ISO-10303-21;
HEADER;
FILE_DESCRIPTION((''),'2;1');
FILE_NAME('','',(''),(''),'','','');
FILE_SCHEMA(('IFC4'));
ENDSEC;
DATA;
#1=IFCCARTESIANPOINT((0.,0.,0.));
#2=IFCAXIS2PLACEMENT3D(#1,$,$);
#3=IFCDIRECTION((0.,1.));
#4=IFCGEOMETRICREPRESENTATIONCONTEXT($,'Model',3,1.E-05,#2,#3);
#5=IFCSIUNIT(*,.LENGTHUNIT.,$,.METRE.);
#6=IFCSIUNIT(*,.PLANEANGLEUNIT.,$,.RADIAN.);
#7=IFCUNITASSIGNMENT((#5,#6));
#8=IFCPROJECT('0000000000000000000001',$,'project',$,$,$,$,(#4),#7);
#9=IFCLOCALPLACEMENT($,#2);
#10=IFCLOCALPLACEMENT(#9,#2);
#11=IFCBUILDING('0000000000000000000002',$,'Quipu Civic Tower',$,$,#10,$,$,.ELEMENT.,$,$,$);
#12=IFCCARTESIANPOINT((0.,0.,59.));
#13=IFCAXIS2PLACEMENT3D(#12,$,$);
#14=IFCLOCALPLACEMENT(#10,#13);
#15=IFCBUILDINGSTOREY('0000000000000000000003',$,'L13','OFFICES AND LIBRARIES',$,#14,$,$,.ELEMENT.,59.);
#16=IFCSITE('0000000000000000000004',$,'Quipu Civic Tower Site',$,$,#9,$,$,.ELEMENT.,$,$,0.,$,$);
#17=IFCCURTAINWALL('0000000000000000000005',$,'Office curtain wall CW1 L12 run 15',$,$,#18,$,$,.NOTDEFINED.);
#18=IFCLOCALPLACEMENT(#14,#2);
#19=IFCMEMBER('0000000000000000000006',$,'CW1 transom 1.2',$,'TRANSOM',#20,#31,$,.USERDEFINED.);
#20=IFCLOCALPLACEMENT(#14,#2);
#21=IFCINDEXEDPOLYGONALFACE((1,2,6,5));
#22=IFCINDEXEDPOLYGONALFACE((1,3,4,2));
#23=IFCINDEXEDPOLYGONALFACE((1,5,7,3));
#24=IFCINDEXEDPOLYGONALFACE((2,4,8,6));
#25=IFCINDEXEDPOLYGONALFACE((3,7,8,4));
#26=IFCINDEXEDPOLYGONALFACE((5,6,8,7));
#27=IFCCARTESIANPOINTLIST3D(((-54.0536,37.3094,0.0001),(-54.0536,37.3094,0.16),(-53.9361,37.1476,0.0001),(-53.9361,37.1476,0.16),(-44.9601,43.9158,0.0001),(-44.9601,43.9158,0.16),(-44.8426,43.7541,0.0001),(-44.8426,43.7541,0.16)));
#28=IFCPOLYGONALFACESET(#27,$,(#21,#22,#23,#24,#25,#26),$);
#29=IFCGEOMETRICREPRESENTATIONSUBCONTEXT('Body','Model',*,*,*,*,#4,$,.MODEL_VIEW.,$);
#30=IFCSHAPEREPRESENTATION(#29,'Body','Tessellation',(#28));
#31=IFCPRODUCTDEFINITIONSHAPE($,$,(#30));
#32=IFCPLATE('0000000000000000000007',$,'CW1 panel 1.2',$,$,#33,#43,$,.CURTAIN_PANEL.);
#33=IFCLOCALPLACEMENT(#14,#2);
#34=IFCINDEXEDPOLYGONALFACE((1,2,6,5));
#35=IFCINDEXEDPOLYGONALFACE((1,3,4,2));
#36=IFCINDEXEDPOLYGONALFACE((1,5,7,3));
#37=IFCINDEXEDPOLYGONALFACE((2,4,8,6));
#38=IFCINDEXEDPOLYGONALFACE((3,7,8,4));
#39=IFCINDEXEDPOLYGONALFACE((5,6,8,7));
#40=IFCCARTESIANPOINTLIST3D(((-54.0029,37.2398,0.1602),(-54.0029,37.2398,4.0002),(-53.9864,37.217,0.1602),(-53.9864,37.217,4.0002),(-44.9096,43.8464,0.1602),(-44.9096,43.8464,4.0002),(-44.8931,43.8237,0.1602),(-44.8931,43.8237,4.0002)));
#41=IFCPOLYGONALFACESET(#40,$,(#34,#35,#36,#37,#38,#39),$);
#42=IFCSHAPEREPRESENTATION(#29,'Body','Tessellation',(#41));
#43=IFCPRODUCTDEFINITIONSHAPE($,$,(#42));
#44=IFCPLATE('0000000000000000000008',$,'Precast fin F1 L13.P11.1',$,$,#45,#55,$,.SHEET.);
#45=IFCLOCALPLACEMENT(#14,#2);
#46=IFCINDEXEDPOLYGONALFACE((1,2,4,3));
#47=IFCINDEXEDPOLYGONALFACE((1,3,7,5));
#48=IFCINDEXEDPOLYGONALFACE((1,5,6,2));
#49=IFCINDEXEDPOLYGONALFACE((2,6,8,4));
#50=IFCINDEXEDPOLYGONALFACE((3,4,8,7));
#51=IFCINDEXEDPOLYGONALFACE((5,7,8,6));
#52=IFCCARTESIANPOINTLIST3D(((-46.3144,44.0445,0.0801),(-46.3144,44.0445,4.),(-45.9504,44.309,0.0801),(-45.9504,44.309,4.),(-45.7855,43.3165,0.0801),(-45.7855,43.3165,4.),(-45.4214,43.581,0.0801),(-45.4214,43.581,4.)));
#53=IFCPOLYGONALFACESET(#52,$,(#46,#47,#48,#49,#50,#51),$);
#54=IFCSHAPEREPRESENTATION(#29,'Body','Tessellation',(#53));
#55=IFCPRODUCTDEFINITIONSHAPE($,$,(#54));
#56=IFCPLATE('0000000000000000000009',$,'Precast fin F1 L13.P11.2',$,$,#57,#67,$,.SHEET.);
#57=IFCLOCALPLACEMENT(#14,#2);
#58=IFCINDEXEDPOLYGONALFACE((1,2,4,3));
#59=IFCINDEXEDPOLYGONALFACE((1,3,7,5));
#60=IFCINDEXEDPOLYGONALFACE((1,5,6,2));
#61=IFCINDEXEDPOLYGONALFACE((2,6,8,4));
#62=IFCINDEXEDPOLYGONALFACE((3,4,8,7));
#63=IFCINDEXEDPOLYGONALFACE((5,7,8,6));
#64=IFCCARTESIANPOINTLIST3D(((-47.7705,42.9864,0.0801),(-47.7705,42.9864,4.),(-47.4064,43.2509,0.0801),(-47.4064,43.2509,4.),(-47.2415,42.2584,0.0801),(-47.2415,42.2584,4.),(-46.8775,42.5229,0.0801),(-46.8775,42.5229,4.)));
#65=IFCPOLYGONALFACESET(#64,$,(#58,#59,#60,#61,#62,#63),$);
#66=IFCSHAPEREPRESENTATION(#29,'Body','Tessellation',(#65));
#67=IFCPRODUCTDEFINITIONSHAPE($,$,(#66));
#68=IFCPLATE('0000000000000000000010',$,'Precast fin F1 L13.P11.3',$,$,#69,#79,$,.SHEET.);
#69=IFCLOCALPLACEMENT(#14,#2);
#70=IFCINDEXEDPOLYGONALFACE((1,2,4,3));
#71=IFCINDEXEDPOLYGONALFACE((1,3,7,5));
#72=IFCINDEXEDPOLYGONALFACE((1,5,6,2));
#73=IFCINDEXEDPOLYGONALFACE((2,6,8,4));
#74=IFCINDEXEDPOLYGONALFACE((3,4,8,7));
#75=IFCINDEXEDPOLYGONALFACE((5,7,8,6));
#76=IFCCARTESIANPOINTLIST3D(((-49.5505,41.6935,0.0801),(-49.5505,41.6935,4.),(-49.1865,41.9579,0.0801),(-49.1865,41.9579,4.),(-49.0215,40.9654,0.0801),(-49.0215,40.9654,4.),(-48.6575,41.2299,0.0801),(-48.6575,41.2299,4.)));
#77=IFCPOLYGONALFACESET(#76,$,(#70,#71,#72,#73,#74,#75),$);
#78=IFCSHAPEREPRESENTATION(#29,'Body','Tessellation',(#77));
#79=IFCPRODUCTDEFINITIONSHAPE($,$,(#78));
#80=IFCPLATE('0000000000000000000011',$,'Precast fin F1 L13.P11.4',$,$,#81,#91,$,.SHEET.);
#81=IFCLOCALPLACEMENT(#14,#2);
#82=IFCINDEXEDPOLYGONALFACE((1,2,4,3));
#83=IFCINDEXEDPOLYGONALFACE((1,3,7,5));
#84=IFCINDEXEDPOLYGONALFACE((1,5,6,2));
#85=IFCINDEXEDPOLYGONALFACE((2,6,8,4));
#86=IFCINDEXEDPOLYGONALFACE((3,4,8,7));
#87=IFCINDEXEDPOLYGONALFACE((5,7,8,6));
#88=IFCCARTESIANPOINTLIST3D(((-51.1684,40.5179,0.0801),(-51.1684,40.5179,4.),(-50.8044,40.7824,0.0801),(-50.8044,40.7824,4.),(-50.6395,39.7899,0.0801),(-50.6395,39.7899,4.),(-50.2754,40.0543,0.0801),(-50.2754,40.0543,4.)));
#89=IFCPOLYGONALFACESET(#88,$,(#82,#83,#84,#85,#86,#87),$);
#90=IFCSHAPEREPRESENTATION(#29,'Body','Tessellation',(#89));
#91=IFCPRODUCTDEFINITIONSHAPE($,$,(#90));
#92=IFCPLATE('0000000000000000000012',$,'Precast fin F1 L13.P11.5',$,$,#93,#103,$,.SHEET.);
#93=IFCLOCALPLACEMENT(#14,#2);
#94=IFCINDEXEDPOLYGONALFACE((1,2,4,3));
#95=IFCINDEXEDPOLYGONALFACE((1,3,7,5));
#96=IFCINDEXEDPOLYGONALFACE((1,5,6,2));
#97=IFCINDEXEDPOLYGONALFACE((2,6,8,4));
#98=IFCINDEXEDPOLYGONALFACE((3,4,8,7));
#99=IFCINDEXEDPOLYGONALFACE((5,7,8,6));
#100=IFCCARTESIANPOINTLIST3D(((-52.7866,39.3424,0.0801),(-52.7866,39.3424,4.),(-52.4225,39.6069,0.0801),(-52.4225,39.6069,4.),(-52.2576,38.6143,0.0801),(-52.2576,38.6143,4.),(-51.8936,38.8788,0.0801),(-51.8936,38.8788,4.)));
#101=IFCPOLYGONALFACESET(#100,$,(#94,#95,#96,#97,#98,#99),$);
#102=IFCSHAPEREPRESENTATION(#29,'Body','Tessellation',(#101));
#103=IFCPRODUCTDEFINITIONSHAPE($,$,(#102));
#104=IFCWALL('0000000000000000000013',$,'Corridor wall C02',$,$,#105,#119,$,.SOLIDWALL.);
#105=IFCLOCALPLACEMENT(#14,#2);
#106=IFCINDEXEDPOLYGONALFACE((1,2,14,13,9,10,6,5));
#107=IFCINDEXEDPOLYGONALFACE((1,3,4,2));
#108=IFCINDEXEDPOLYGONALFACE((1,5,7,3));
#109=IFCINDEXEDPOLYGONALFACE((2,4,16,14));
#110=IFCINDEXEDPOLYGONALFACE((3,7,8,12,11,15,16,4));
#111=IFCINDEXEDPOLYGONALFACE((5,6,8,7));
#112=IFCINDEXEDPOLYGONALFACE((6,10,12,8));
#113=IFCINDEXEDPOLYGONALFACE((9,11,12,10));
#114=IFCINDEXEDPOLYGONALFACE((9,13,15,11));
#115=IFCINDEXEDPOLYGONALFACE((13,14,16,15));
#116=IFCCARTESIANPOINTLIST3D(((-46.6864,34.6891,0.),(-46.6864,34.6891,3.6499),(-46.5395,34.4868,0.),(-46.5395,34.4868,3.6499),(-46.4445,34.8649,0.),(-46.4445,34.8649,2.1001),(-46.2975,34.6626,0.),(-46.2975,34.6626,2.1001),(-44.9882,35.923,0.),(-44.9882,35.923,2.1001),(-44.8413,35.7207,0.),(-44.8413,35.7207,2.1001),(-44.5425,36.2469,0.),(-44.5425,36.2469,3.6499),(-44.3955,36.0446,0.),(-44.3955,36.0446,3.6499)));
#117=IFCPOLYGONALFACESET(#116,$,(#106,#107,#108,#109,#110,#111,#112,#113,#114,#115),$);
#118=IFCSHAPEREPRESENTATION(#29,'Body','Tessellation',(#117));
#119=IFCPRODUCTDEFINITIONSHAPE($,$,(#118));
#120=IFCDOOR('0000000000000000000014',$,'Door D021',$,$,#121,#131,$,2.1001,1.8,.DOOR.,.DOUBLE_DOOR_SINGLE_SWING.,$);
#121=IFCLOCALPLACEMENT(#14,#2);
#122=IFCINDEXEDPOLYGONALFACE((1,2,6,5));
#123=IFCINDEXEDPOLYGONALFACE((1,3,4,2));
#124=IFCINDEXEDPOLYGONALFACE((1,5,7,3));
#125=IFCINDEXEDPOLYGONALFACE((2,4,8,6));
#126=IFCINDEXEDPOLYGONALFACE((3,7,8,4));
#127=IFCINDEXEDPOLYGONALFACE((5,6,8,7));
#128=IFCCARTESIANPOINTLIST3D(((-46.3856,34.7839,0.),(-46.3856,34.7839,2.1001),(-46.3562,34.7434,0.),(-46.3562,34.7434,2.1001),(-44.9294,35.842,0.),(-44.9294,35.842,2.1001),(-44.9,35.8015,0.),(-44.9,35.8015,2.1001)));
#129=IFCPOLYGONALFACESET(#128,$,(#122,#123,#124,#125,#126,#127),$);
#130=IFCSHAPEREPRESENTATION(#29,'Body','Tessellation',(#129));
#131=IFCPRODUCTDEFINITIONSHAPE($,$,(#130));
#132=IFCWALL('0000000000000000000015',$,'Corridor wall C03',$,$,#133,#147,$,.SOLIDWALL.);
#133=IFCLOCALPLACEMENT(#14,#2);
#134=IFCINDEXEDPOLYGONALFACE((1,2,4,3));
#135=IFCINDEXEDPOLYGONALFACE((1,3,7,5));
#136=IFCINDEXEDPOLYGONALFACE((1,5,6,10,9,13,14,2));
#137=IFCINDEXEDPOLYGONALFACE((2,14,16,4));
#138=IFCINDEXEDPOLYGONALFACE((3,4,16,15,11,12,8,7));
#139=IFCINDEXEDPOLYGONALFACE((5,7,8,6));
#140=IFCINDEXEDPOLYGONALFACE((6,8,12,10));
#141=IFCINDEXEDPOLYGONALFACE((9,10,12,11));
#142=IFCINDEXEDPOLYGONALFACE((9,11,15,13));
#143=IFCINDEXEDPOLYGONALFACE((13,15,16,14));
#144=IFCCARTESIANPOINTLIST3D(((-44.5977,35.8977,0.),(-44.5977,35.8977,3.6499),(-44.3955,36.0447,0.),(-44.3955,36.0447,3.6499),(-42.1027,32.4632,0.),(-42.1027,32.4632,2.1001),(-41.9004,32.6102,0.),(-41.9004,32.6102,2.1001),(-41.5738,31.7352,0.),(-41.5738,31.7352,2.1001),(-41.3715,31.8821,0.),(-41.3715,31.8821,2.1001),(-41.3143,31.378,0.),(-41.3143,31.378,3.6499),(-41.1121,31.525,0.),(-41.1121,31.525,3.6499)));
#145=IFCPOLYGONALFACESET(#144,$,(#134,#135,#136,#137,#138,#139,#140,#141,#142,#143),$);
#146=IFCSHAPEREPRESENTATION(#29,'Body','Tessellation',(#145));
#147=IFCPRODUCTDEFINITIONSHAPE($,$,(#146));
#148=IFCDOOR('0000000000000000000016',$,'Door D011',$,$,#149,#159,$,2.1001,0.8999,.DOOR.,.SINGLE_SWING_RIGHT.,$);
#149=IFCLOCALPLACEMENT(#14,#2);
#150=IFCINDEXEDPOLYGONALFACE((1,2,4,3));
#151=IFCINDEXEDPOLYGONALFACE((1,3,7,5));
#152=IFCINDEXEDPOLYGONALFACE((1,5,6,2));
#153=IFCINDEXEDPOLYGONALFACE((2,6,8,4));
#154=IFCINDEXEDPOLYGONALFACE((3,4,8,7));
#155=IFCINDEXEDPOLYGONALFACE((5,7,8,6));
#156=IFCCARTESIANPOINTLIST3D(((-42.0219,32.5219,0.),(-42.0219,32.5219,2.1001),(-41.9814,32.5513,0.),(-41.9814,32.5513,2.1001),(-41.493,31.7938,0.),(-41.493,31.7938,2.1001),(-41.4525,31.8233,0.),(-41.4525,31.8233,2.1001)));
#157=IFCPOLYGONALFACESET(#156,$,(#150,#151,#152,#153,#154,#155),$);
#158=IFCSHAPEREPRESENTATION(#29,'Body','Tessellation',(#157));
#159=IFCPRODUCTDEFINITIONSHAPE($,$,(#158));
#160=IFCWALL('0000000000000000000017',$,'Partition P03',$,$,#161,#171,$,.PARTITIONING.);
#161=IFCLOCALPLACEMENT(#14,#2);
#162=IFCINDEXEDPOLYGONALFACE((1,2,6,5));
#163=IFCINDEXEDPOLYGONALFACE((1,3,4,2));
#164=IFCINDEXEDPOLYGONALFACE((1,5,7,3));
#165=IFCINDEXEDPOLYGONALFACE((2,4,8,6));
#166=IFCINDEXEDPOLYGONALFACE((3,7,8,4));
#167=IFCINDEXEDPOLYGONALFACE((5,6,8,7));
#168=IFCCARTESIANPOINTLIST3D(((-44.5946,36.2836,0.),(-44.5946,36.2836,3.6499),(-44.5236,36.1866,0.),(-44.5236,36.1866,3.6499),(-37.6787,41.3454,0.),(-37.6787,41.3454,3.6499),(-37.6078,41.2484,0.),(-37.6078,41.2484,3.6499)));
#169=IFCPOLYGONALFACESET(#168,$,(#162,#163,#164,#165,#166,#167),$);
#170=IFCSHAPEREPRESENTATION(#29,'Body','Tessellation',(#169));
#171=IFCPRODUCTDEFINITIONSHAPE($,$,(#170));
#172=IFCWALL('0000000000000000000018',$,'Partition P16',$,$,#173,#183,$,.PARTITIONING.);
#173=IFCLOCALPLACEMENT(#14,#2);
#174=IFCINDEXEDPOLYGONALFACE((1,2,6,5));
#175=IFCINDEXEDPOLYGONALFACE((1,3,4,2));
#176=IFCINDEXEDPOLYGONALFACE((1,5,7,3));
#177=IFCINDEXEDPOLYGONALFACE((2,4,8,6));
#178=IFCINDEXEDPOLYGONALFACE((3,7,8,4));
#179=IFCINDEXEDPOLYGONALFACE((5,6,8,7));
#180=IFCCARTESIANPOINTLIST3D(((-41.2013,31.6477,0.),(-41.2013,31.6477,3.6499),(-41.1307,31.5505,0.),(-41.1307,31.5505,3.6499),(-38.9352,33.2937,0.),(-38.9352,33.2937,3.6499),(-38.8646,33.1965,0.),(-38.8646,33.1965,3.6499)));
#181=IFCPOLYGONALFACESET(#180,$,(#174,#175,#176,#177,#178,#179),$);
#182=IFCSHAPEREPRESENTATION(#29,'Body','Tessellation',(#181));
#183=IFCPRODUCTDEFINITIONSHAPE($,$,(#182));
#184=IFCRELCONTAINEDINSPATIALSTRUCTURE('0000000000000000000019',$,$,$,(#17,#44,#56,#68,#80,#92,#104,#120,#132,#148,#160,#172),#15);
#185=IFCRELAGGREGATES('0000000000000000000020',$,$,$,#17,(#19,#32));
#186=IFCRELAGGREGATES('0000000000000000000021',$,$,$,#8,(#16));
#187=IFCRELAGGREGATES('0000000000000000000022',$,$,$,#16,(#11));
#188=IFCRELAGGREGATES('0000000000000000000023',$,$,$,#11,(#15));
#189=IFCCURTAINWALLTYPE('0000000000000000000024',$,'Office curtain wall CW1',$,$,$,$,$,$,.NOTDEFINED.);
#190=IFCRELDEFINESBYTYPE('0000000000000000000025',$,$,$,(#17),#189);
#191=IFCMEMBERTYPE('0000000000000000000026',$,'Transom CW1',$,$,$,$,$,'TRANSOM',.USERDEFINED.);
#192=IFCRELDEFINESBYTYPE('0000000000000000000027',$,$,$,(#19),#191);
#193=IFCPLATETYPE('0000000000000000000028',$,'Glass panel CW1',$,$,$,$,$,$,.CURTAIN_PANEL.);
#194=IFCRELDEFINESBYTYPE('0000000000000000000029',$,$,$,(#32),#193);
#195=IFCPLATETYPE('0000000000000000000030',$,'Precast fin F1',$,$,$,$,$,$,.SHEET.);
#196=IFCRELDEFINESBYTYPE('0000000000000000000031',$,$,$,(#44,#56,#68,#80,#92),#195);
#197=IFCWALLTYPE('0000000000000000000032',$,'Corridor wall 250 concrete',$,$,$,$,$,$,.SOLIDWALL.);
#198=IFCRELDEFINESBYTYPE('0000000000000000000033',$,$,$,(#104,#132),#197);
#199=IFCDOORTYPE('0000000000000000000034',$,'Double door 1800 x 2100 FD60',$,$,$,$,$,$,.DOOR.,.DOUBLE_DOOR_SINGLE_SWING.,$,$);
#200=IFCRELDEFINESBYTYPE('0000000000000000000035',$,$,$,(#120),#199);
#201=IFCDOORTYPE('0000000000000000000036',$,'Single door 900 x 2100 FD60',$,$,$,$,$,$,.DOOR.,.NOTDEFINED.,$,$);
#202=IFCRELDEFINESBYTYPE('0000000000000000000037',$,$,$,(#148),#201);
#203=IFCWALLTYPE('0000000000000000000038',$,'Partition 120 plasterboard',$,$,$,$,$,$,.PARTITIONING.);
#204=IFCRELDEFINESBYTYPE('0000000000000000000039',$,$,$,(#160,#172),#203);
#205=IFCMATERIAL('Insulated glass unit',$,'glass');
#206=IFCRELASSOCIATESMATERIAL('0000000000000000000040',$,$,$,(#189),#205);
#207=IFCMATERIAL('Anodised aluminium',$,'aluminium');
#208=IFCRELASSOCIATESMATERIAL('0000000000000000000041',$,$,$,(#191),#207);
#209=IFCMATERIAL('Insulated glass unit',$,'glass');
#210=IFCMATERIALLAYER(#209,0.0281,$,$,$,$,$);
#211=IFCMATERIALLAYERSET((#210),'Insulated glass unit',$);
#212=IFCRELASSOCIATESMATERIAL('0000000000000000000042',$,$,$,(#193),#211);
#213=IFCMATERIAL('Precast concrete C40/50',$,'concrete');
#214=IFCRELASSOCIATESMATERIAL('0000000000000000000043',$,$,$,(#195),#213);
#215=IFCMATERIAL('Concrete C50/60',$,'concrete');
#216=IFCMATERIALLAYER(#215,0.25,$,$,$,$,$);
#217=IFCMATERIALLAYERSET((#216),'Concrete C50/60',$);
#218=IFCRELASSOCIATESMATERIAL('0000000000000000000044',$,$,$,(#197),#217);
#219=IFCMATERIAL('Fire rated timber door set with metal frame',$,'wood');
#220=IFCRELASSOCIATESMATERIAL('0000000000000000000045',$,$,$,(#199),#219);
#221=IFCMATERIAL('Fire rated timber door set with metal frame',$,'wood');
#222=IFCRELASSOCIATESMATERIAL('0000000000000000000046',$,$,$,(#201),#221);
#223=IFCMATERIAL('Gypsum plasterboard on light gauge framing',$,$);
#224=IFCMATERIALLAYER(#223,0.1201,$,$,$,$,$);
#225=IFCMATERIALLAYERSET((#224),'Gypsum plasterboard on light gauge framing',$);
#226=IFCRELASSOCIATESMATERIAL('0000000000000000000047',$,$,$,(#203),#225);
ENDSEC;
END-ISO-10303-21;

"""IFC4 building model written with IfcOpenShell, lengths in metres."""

from ifc_helpers import new_model, si_unit, direction, frame, frame_2d, origin, origin_2d, place, context, subcontext, project, spatial, rectangle, extrude, material, layer, layer_set, material_profile, profile_set, type_object, element, fill, aggregate, save


model = new_model("IFC4")

# Units and contexts
model_context = context("Model", 3, precision=1e-05, world=origin(), true_north=direction((0.0, 1.0)))
body_context = subcontext(model_context, "Body", "Model", "MODEL_VIEW")
ifc_project = project(units=[si_unit("LENGTHUNIT", "METRE"), si_unit("PLANEANGLEUNIT", "RADIAN")], contexts=[model_context])

# Site, building, storey
site_placement = place(None, origin())
site = spatial("IfcSite", under=ifc_project, at=site_placement, Name="Quipu Civic Tower Site", CompositionType="ELEMENT", RefElevation=0.0)
building_placement = place(site_placement, origin())
building = spatial("IfcBuilding", under=site, at=building_placement, Name="Quipu Civic Tower", CompositionType="ELEMENT")
storey_placement = place(building_placement, frame((0.0, 0.0, 59.0)))
storey = spatial("IfcBuildingStorey", under=building, at=storey_placement, Name="L13", Description="OFFICES AND LIBRARIES", CompositionType="ELEMENT", Elevation=59.0)

# Curtain wall
ifc_material_1 = material(Name="Insulated glass unit", Category="glass")
curtain_wall_type = type_object("IfcCurtainWallType", Name="Office curtain wall CW1", PredefinedType="NOTDEFINED", material=ifc_material_1)
curtain_wall_placement = place(storey_placement, origin())
curtain_wall = element("IfcCurtainWall", 1, at=curtain_wall_placement, inside=storey, type_object=curtain_wall_type, Name="Office curtain wall CW1 L12 run 15", PredefinedType="NOTDEFINED")

# Member
ifc_material_2 = material(Name="Anodised aluminium", Category="aluminium")
ifc_material_profile_1 = material_profile(ifc_material_2, rectangle(XDim=0.2, YDim=0.1599, at=origin_2d()), Name="RECT 200x160")
ifc_profile_set_1 = profile_set([ifc_material_profile_1], Name="Anodised aluminium")
member_type_1 = type_object("IfcMemberType", Name="Transom CW1", ElementType="TRANSOM", PredefinedType="USERDEFINED", material=ifc_profile_set_1)
member_1_placement = place(storey_placement, frame((-44.9014, 43.835, 0.0801), z_axis=(-0.809033, -0.587764, 0.0), x_axis=(0.587764, -0.809033, 0.0)))
member_1 = element("IfcMember", 2, at=member_1_placement, type_object=member_type_1, Name="CW1 transom 1.2", ObjectType="TRANSOM", PredefinedType="USERDEFINED", context=body_context, shape_type="SweptSolid", body=[
    extrude(rectangle(XDim=0.2, YDim=0.1599, at=origin_2d()), origin(), (0.0, 0.0, 1.0), 11.24),
])

# Plate
ifc_material_3 = material(Name="Insulated glass unit", Category="glass")
ifc_layer_1 = layer(ifc_material_3, 0.0281)
ifc_layer_set_1 = layer_set([ifc_layer_1], Name="Insulated glass unit")
plate_type_1 = type_object("IfcPlateType", Name="Glass panel CW1", PredefinedType="CURTAIN_PANEL", material=ifc_layer_set_1)
plate_placement = place(storey_placement, frame((-49.448, 40.5317, 0.1602), z_axis=(0.0, 0.0, 1.0), x_axis=(-0.809019, -0.587782, 0.0)))
plate = element("IfcPlate", 3, at=plate_placement, type_object=plate_type_1, Name="CW1 panel 1.2", PredefinedType="CURTAIN_PANEL", context=body_context, shape_type="SweptSolid", body=[
    extrude(rectangle(XDim=11.24, YDim=0.0281, at=origin_2d()), origin(), (0.0, 0.0, 1.0), 3.8401),
])
aggregate(curtain_wall, [member_1, plate])

# Plates
ifc_material_4 = material(Name="Precast concrete C40/50", Category="concrete")
plate_type_2 = type_object("IfcPlateType", Name="Precast fin F1", PredefinedType="SHEET", material=ifc_material_4)
for number, where, z_axis, x_axis, name in (
    (4, (-45.8679, 43.8127, 0.0801), (0.0, 0.0, 1.0), (-0.809021, -0.587779, 0.0), "Precast fin F1 L13.P11.1"),
    (5, (-47.324, 42.7546, 0.0801), (0.0, 0.0, 1.0), (-0.809021, -0.587779, 0.0), "Precast fin F1 L13.P11.2"),
    (6, (-49.104, 41.4617, 0.0801), (0.0, 0.0, 1.0), (-0.809021, -0.587779, 0.0), "Precast fin F1 L13.P11.3"),
    (7, (-50.7219, 40.2861, 0.0801), (0.0, 0.0, 1.0), (-0.809021, -0.587779, 0.0), "Precast fin F1 L13.P11.4"),
    (8, (-52.3401, 39.1106, 0.0801), (0.0, 0.0, 1.0), (-0.809021, -0.587779, 0.0), "Precast fin F1 L13.P11.5"),
):
    element("IfcPlate", number, at=place(storey_placement, frame(where, z_axis=z_axis, x_axis=x_axis)), inside=storey, type_object=plate_type_2, Name=name, PredefinedType="SHEET", context=body_context, shape_type="SweptSolid", body=[
        extrude(rectangle(XDim=0.45, YDim=0.8999, at=origin_2d()), origin(), (0.0, 0.0, 1.0), 3.9199),
    ])

# Walls, openings, doors
ifc_material_5 = material(Name="Concrete C50/60", Category="concrete")
ifc_layer_2 = layer(ifc_material_5, 0.25)
ifc_layer_set_2 = layer_set([ifc_layer_2], Name="Concrete C50/60")
wall_type_1 = type_object("IfcWallType", Name="Corridor wall 250 concrete", PredefinedType="SOLIDWALL", material=ifc_layer_set_2)
wall_1_placement = place(storey_placement, frame((-46.613, 34.5879, 0.0), z_axis=(0.0, 0.0, 1.0), x_axis=(0.808995, 0.587816, 0.0)))
wall_1 = element("IfcWall", 9, at=wall_1_placement, inside=storey, type_object=wall_type_1, Name="Corridor wall C02", PredefinedType="SOLIDWALL", context=body_context, shape_type="SweptSolid", body=[
    extrude(rectangle(XDim=2.6501, YDim=0.25, at=frame_2d((1.3252, 0.0))), origin(), (0.0, 0.0, 1.0), 3.6499),
])
opening_1_placement = place(wall_1_placement, frame((0.2993, 0.0, 0.0)))
opening_1 = element("IfcOpeningElement", 10, at=opening_1_placement, cuts=wall_1, PredefinedType="OPENING", context=body_context, shape_type="SweptSolid", body=[
    extrude(rectangle(XDim=1.8, YDim=2.1001, at=frame_2d((0.8999, 1.05))), frame((0.0, 0.135, 0.0), z_axis=(0.0, -1.0, 0.0), x_axis=(1.0, 0.0, 0.0)), (0.0, 0.0, 1.0), 0.27),
])
ifc_material_6 = material(Name="Fire rated timber door set with metal frame", Category="wood")
door_type_1 = type_object("IfcDoorType", Name="Double door 1800 x 2100 FD60", OperationType="DOUBLE_DOOR_SINGLE_SWING", PredefinedType="DOOR", material=ifc_material_6)
door_1_placement = place(opening_1_placement, origin())
door_1 = element("IfcDoor", 11, at=door_1_placement, inside=storey, type_object=door_type_1, Name="Door D021", OperationType="DOUBLE_DOOR_SINGLE_SWING", OverallHeight=2.1001, OverallWidth=1.8, PredefinedType="DOOR", context=body_context, shape_type="SweptSolid", body=[
    extrude(rectangle(XDim=1.8, YDim=2.1001, at=frame_2d((0.8999, 1.05))), frame((0.0, 0.0249, 0.0), z_axis=(0.0, -1.0, 0.0), x_axis=(1.0, 0.0, 0.0)), (0.0, 0.0, 1.0), 0.05),
])
fill(opening_1, door_1)
wall_2_placement = place(storey_placement, frame((-44.4966, 35.9712, 0.0), z_axis=(0.0, 0.0, 1.0), x_axis=(0.587743, -0.809048, 0.0)))
wall_2 = element("IfcWall", 12, at=wall_2_placement, inside=storey, type_object=wall_type_1, Name="Corridor wall C03", PredefinedType="SOLIDWALL", context=body_context, shape_type="SweptSolid", body=[
    extrude(rectangle(XDim=5.5864, YDim=0.25, at=frame_2d((2.7932, 0.0))), origin(), (0.0, 0.0, 1.0), 3.6499),
])
opening_2_placement = place(wall_2_placement, frame((4.2451, 0.0, 0.0)))
opening_2 = element("IfcOpeningElement", 13, at=opening_2_placement, cuts=wall_2, PredefinedType="OPENING", context=body_context, shape_type="SweptSolid", body=[
    extrude(rectangle(XDim=0.8999, YDim=2.1001, at=frame_2d((0.45, 1.05))), frame((0.0, 0.135, 0.0), z_axis=(0.0, -1.0, 0.0), x_axis=(1.0, 0.0, 0.0)), (0.0, 0.0, 1.0), 0.27),
])
ifc_material_7 = material(Name="Fire rated timber door set with metal frame", Category="wood")
door_type_2 = type_object("IfcDoorType", Name="Single door 900 x 2100 FD60", OperationType="NOTDEFINED", PredefinedType="DOOR", material=ifc_material_7)
door_2_placement = place(opening_2_placement, origin())
door_2 = element("IfcDoor", 14, at=door_2_placement, inside=storey, type_object=door_type_2, Name="Door D011", OperationType="SINGLE_SWING_RIGHT", OverallHeight=2.1001, OverallWidth=0.8999, PredefinedType="DOOR", context=body_context, shape_type="SweptSolid", body=[
    extrude(rectangle(XDim=0.8999, YDim=2.1001, at=frame_2d((0.45, 1.05))), frame((0.0, 0.0249, 0.0), z_axis=(0.0, -1.0, 0.0), x_axis=(1.0, 0.0, 0.0)), (0.0, 0.0, 1.0), 0.05),
])
fill(opening_2, door_2)

# Walls
ifc_material_8 = material(Name="Gypsum plasterboard on light gauge framing")
ifc_layer_3 = layer(ifc_material_8, 0.1201)
ifc_layer_set_3 = layer_set([ifc_layer_3], Name="Gypsum plasterboard on light gauge framing")
wall_type_2 = type_object("IfcWallType", Name="Partition 120 plasterboard", PredefinedType="PARTITIONING", material=ifc_layer_set_3)
wall_3_placement = place(storey_placement, frame((-44.5591, 36.2351, 0.0), z_axis=(0.0, 0.0, 1.0), x_axis=(0.80695, 0.59062, 0.0)))
element("IfcWall", 15, at=wall_3_placement, inside=storey, type_object=wall_type_2, Name="Partition P03", PredefinedType="PARTITIONING", context=body_context, shape_type="SweptSolid", body=[
    extrude(rectangle(XDim=8.5703, YDim=0.1201, at=frame_2d((4.2852, 0.0))), origin(), (0.0, 0.0, 1.0), 3.6499),
])
wall_4_placement = place(storey_placement, frame((-41.166, 31.5991, 0.0), z_axis=(0.0, 0.0, 1.0), x_axis=(0.80909, 0.587684, 0.0)))
element("IfcWall", 16, at=wall_4_placement, inside=storey, type_object=wall_type_2, Name="Partition P16", PredefinedType="PARTITIONING", context=body_context, shape_type="SweptSolid", body=[
    extrude(rectangle(XDim=2.8008, YDim=0.1201, at=frame_2d((1.4004, 0.0))), origin(), (0.0, 0.0, 1.0), 3.6499),
])

save(model, "model.ifc")
